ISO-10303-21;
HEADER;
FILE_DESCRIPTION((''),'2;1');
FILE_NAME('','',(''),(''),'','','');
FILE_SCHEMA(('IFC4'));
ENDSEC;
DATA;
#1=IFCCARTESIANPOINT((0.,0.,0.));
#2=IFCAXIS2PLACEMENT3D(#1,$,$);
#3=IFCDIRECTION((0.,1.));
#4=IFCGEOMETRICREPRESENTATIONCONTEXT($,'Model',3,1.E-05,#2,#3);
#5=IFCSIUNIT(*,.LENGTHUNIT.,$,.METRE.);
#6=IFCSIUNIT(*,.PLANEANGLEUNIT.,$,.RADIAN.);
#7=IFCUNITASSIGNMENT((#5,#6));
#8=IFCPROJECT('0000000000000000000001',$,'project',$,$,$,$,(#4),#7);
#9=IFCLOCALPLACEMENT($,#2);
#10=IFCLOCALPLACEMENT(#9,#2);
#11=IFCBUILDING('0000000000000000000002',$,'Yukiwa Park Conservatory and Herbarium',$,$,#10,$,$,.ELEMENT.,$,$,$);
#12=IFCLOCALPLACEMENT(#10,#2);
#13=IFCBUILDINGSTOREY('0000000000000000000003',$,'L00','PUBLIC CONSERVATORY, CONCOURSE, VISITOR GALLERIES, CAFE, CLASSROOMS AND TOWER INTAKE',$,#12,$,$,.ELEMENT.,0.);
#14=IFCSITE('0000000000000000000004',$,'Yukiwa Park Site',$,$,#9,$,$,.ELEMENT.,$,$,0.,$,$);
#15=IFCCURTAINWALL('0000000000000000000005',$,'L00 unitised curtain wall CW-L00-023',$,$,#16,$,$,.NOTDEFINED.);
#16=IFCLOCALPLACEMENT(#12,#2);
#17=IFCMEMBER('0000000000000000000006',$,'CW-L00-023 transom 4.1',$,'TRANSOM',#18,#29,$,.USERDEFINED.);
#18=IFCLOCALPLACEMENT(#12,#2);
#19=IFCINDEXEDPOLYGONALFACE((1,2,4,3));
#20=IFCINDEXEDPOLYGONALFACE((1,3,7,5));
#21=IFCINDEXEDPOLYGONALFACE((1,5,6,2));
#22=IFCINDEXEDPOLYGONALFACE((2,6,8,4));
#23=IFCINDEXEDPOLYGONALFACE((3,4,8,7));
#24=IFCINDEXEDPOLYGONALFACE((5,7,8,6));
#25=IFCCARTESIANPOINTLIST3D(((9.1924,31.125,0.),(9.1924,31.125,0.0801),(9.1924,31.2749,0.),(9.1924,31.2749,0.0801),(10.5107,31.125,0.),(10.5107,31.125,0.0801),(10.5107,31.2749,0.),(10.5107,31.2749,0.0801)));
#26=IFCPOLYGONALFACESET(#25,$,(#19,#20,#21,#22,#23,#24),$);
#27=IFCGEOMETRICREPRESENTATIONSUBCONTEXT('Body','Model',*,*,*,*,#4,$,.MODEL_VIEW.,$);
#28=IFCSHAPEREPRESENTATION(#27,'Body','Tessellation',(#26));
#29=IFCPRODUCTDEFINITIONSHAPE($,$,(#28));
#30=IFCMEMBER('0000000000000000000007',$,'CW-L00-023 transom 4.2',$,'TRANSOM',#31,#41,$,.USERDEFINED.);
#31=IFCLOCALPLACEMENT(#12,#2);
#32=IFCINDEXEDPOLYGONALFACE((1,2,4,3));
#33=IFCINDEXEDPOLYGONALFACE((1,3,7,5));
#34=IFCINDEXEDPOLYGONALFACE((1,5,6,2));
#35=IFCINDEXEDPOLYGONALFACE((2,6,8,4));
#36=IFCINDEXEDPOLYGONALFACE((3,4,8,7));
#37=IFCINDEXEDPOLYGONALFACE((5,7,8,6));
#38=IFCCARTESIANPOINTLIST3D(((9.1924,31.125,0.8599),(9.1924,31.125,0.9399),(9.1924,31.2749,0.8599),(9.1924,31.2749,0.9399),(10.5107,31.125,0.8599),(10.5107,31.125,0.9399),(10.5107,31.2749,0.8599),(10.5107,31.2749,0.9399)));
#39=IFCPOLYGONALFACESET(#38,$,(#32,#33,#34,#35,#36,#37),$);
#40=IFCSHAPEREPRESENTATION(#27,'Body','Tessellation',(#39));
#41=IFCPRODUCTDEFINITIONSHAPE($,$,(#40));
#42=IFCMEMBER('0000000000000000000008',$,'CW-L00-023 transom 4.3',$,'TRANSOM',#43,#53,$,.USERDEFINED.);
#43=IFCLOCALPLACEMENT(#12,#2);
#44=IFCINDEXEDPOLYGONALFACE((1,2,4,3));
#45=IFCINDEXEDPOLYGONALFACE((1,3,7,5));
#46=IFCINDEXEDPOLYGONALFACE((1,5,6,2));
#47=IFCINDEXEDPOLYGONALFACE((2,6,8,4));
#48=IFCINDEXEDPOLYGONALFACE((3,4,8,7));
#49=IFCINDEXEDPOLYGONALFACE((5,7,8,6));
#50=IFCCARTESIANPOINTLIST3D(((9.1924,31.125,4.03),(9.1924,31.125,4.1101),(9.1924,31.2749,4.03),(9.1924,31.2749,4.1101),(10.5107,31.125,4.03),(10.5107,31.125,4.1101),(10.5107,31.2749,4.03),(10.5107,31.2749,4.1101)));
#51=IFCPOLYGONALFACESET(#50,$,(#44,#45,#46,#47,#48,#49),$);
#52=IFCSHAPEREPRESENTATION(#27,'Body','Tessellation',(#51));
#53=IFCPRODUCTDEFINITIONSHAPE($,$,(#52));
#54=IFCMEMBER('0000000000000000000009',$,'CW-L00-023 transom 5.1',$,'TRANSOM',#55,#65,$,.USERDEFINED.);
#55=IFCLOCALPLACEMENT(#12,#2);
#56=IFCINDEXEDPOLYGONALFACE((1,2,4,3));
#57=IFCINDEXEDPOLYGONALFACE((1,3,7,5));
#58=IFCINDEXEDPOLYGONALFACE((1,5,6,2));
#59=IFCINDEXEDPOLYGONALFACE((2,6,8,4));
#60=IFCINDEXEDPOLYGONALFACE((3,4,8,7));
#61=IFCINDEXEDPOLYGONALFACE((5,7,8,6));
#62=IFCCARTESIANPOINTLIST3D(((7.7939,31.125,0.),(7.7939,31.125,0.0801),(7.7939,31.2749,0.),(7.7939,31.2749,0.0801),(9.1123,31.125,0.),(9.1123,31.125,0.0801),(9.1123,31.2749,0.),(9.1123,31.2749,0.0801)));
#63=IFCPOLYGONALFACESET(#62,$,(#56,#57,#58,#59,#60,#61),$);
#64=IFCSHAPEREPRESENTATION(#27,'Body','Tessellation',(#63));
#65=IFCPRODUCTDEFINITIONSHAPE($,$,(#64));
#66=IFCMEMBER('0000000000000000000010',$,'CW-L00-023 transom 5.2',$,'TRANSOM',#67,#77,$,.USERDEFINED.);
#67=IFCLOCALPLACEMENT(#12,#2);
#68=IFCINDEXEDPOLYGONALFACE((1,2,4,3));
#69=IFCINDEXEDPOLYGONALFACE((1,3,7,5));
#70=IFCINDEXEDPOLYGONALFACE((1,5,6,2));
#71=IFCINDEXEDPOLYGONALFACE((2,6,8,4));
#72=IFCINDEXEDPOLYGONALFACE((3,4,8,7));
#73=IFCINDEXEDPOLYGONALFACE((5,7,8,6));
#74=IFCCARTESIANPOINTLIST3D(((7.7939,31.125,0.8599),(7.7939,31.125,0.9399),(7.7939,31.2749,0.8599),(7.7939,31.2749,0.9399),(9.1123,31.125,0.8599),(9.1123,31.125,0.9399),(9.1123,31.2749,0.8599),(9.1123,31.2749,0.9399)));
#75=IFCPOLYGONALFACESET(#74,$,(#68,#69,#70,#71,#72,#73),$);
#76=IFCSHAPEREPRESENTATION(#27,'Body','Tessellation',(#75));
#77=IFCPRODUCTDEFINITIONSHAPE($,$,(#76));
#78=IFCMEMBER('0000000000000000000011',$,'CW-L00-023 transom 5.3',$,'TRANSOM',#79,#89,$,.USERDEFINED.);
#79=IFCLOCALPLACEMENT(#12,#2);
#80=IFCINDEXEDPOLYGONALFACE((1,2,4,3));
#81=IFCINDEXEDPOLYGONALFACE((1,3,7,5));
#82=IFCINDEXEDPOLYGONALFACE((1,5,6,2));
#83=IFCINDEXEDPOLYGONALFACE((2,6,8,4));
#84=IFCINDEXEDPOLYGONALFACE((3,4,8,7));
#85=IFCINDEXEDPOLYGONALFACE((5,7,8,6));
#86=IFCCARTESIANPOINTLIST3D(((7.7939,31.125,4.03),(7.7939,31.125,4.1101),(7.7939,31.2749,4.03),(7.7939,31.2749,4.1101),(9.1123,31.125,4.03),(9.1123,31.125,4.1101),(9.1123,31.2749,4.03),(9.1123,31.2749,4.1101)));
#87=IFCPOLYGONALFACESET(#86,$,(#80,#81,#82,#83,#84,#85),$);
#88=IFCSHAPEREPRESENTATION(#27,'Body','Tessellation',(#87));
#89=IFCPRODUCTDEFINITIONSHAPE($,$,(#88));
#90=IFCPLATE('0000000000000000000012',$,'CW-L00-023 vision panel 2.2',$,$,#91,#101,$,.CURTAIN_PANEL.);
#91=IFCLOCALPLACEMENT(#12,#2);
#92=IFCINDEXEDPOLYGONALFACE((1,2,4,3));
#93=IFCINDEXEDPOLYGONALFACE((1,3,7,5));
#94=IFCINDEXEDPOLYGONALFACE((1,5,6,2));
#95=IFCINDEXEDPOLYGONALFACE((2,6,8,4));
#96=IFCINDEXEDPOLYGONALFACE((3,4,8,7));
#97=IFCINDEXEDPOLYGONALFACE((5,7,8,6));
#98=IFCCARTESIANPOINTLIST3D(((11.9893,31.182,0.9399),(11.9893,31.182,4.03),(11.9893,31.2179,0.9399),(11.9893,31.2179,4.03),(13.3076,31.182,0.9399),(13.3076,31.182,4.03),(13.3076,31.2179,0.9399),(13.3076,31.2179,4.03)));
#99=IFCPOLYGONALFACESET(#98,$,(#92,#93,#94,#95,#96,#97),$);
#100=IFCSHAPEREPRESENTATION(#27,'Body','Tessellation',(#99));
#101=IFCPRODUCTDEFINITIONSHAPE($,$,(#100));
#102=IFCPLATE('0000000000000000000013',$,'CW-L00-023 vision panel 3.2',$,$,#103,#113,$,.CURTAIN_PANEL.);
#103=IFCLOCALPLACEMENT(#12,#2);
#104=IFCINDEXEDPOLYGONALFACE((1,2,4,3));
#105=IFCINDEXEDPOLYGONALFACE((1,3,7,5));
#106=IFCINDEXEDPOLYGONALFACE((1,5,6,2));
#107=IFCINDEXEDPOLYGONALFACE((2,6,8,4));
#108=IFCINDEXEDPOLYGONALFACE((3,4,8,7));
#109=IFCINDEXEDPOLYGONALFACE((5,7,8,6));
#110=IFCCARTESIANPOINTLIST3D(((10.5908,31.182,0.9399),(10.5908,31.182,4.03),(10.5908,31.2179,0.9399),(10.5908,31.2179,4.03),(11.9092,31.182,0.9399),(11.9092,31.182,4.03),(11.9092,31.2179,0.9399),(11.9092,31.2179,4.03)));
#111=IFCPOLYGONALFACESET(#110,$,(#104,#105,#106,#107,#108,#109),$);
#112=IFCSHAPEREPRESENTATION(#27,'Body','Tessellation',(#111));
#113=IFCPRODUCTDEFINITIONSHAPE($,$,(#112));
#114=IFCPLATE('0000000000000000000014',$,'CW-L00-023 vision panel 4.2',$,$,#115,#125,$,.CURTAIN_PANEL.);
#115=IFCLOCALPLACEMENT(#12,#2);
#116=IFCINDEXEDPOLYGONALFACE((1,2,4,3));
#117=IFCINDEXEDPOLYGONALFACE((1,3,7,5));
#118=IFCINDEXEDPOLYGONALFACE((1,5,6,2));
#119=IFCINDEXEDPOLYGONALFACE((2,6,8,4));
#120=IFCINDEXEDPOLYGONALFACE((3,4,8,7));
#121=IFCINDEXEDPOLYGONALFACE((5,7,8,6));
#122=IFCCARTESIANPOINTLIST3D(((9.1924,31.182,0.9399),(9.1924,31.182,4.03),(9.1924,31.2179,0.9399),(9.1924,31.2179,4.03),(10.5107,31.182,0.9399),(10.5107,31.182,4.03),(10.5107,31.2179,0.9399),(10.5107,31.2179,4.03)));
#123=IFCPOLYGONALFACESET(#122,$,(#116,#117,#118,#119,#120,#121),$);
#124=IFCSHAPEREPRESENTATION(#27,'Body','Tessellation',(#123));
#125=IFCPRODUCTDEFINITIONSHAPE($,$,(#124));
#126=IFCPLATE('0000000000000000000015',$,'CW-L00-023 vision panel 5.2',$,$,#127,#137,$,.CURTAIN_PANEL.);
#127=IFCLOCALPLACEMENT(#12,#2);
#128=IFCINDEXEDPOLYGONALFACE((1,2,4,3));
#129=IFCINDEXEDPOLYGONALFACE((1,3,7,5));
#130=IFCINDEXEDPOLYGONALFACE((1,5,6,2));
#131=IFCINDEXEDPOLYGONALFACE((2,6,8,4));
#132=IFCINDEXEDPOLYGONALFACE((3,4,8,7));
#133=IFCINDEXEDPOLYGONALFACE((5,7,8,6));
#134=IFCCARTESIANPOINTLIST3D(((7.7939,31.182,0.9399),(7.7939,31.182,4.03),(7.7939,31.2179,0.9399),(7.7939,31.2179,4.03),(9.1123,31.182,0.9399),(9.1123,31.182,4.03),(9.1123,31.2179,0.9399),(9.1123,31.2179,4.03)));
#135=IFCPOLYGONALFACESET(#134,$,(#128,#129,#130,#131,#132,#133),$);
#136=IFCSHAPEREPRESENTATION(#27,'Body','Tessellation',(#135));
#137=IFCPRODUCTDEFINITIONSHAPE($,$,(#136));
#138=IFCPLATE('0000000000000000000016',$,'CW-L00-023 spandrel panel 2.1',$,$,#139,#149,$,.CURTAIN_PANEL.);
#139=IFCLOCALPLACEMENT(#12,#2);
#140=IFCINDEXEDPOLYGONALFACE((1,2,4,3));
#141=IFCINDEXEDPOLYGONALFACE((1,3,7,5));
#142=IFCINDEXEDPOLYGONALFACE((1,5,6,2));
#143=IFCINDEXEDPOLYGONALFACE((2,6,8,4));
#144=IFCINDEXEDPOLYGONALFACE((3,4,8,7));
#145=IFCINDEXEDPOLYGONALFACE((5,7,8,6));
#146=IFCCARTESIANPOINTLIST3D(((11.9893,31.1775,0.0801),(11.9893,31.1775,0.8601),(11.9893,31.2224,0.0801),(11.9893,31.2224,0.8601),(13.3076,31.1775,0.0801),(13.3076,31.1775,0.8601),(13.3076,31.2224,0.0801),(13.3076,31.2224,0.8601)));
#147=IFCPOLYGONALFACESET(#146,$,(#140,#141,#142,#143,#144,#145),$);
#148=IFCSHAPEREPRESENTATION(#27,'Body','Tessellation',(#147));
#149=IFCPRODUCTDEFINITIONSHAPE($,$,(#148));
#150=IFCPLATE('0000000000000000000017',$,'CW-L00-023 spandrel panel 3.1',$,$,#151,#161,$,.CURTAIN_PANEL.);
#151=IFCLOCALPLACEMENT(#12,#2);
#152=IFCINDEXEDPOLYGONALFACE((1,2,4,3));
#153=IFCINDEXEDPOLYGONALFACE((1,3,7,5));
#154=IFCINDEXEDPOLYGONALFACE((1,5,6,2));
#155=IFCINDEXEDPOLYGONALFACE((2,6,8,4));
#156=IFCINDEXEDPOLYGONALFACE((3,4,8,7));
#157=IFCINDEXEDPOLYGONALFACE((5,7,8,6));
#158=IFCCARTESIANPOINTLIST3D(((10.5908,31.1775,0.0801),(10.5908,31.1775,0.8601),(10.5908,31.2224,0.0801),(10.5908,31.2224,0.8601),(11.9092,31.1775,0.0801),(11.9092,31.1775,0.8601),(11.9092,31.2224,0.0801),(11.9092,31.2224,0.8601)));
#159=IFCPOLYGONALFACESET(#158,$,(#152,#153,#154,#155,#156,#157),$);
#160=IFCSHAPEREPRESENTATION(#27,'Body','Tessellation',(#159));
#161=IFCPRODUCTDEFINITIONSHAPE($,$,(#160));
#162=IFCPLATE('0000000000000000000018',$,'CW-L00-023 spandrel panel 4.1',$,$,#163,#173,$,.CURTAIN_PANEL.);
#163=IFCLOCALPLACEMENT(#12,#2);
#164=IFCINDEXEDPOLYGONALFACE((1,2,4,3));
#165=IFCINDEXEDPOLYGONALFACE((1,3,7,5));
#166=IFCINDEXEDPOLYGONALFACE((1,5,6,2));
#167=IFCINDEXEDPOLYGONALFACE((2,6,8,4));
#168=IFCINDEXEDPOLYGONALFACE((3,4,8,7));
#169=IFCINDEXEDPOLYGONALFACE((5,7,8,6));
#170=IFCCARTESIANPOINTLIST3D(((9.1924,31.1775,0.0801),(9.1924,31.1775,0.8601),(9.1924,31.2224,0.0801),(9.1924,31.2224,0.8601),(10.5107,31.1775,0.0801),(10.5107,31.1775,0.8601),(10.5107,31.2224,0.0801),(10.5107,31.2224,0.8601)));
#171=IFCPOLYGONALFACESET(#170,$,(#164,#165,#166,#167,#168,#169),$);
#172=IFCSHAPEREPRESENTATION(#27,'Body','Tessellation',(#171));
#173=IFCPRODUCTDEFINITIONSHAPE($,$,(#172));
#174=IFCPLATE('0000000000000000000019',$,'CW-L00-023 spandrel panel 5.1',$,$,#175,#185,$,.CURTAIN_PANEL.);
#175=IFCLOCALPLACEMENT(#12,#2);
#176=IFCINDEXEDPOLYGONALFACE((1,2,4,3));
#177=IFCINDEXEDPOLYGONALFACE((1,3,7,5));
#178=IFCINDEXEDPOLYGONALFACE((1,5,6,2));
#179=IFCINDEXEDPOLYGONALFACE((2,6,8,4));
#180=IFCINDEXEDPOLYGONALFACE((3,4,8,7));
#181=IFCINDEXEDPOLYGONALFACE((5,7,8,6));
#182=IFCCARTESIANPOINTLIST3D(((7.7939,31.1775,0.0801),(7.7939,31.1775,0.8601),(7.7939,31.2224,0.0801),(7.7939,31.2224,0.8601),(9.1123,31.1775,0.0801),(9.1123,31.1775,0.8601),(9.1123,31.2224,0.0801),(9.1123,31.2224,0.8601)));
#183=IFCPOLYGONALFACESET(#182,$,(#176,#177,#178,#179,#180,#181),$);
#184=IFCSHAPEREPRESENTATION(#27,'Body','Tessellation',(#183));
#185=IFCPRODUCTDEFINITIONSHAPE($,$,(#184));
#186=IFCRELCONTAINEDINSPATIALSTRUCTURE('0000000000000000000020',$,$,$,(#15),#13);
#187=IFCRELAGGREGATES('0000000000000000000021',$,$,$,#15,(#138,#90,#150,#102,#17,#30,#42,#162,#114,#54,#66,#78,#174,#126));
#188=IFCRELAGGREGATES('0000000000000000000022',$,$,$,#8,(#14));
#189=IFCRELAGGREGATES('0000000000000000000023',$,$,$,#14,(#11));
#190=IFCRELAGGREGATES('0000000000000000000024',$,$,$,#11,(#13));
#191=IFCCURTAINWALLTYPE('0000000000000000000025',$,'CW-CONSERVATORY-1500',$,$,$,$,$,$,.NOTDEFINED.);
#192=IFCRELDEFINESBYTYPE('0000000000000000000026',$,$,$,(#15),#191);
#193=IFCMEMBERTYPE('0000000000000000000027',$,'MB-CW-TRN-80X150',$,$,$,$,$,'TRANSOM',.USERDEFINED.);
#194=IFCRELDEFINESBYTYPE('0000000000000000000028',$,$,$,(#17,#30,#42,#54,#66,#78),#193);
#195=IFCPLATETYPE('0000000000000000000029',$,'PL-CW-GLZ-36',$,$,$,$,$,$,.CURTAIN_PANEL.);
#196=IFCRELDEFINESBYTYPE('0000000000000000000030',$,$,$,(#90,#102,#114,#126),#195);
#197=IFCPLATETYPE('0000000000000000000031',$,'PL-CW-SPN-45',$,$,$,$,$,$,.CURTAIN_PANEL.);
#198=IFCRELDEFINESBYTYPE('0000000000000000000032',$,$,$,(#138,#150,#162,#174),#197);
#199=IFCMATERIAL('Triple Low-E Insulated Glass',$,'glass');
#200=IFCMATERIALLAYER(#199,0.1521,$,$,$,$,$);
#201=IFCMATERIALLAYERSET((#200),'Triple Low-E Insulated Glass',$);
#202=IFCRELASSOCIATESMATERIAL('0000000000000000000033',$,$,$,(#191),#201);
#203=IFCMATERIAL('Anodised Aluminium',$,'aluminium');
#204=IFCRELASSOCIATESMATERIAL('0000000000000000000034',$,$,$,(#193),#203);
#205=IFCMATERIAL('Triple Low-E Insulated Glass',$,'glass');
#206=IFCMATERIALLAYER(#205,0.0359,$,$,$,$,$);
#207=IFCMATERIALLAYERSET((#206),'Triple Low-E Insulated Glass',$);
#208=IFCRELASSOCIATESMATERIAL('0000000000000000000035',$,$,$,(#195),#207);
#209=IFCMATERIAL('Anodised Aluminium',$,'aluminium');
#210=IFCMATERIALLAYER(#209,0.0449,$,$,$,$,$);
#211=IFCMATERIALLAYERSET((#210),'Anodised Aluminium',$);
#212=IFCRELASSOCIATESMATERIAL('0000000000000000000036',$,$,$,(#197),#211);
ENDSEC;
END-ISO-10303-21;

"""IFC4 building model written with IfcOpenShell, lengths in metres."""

from ifc_helpers import new_model, si_unit, direction, frame, origin, origin_2d, place, context, subcontext, project, spatial, rectangle, extrude, material, layer, layer_set, type_object, element, aggregate, save


model = new_model("IFC4")

# Units and contexts
model_context = context("Model", 3, precision=1e-05, world=origin(), true_north=direction((0.0, 1.0)))
body_context = subcontext(model_context, "Body", "Model", "MODEL_VIEW")
ifc_project = project(units=[si_unit("LENGTHUNIT", "METRE"), si_unit("PLANEANGLEUNIT", "RADIAN")], contexts=[model_context])

# Site, building, storey
site_placement = place(None, origin())
site = spatial("IfcSite", under=ifc_project, at=site_placement, Name="Yukiwa Park Site", CompositionType="ELEMENT", RefElevation=0.0)
building_placement = place(site_placement, origin())
building = spatial("IfcBuilding", under=site, at=building_placement, Name="Yukiwa Park Conservatory and Herbarium", CompositionType="ELEMENT")
storey_placement = place(building_placement, origin())
storey = spatial("IfcBuildingStorey", under=building, at=storey_placement, Name="L00", Description="PUBLIC CONSERVATORY, CONCOURSE, VISITOR GALLERIES, CAFE, CLASSROOMS AND TOWER INTAKE", CompositionType="ELEMENT", Elevation=0.0)

# Curtain wall, members, plates
ifc_material_1 = material(Name="Triple Low-E Insulated Glass", Category="glass")
ifc_layer_1 = layer(ifc_material_1, 0.1521)
ifc_layer_set_1 = layer_set([ifc_layer_1], Name="Triple Low-E Insulated Glass")
curtain_wall_type = type_object("IfcCurtainWallType", Name="CW-CONSERVATORY-1500", PredefinedType="NOTDEFINED", material=ifc_layer_set_1)
curtain_wall_placement = place(storey_placement, origin())
curtain_wall = element("IfcCurtainWall", 1, at=curtain_wall_placement, inside=storey, type_object=curtain_wall_type, Name="L00 unitised curtain wall CW-L00-023", PredefinedType="NOTDEFINED")
ifc_material_2 = material(Name="Anodised Aluminium", Category="aluminium")
member_type_1 = type_object("IfcMemberType", Name="MB-CW-TRN-80X150", ElementType="TRANSOM", PredefinedType="USERDEFINED", material=ifc_material_2)
member_1_placement = place(storey_placement, frame((9.8516, 31.2, 0.0), z_axis=(0.0, 0.0, 1.0), x_axis=(-1.0, 0.0, 0.0)))
member_1 = element("IfcMember", 2, at=member_1_placement, type_object=member_type_1, Name="CW-L00-023 transom 4.1", ObjectType="TRANSOM", PredefinedType="USERDEFINED", context=body_context, shape_type="SweptSolid", body=[
    extrude(rectangle(XDim=1.3184, YDim=0.1499, at=origin_2d()), origin(), (0.0, 0.0, 1.0), 0.0801),
])
member_2_placement = place(storey_placement, frame((9.8516, 31.2, 0.8599), z_axis=(0.0, 0.0, 1.0), x_axis=(-1.0, 0.0, 0.0)))
member_2 = element("IfcMember", 3, at=member_2_placement, type_object=member_type_1, Name="CW-L00-023 transom 4.2", ObjectType="TRANSOM", PredefinedType="USERDEFINED", context=body_context, shape_type="SweptSolid", body=[
    extrude(rectangle(XDim=1.3184, YDim=0.1499, at=origin_2d()), origin(), (0.0, 0.0, 1.0), 0.0801),
])
member_3_placement = place(storey_placement, frame((9.8516, 31.2, 4.03), z_axis=(0.0, 0.0, 1.0), x_axis=(-1.0, 0.0, 0.0)))
member_3 = element("IfcMember", 4, at=member_3_placement, type_object=member_type_1, Name="CW-L00-023 transom 4.3", ObjectType="TRANSOM", PredefinedType="USERDEFINED", context=body_context, shape_type="SweptSolid", body=[
    extrude(rectangle(XDim=1.3184, YDim=0.1499, at=origin_2d()), origin(), (0.0, 0.0, 1.0), 0.0801),
])
member_4_placement = place(storey_placement, frame((8.4531, 31.2, 0.0), z_axis=(0.0, 0.0, 1.0), x_axis=(-1.0, 0.0, 0.0)))
member_4 = element("IfcMember", 5, at=member_4_placement, type_object=member_type_1, Name="CW-L00-023 transom 5.1", ObjectType="TRANSOM", PredefinedType="USERDEFINED", context=body_context, shape_type="SweptSolid", body=[
    extrude(rectangle(XDim=1.3184, YDim=0.1499, at=origin_2d()), origin(), (0.0, 0.0, 1.0), 0.0801),
])
member_5_placement = place(storey_placement, frame((8.4531, 31.2, 0.8599), z_axis=(0.0, 0.0, 1.0), x_axis=(-1.0, 0.0, 0.0)))
member_5 = element("IfcMember", 6, at=member_5_placement, type_object=member_type_1, Name="CW-L00-023 transom 5.2", ObjectType="TRANSOM", PredefinedType="USERDEFINED", context=body_context, shape_type="SweptSolid", body=[
    extrude(rectangle(XDim=1.3184, YDim=0.1499, at=origin_2d()), origin(), (0.0, 0.0, 1.0), 0.0801),
])
member_6_placement = place(storey_placement, frame((8.4531, 31.2, 4.03), z_axis=(0.0, 0.0, 1.0), x_axis=(-1.0, 0.0, 0.0)))
member_6 = element("IfcMember", 7, at=member_6_placement, type_object=member_type_1, Name="CW-L00-023 transom 5.3", ObjectType="TRANSOM", PredefinedType="USERDEFINED", context=body_context, shape_type="SweptSolid", body=[
    extrude(rectangle(XDim=1.3184, YDim=0.1499, at=origin_2d()), origin(), (0.0, 0.0, 1.0), 0.0801),
])
ifc_material_3 = material(Name="Triple Low-E Insulated Glass", Category="glass")
ifc_layer_2 = layer(ifc_material_3, 0.0359)
ifc_layer_set_2 = layer_set([ifc_layer_2], Name="Triple Low-E Insulated Glass")
plate_type_1 = type_object("IfcPlateType", Name="PL-CW-GLZ-36", PredefinedType="CURTAIN_PANEL", material=ifc_layer_set_2)
plate_1_placement = place(storey_placement, frame((12.6484, 31.2, 0.9399), z_axis=(0.0, 0.0, 1.0), x_axis=(-1.0, 0.0, 0.0)))
plate_1 = element("IfcPlate", 8, at=plate_1_placement, type_object=plate_type_1, Name="CW-L00-023 vision panel 2.2", PredefinedType="CURTAIN_PANEL", context=body_context, shape_type="SweptSolid", body=[
    extrude(rectangle(XDim=1.3184, YDim=0.0359, at=origin_2d()), origin(), (0.0, 0.0, 1.0), 3.0901),
])
plate_2_placement = place(storey_placement, frame((11.25, 31.2, 0.9399), z_axis=(0.0, 0.0, 1.0), x_axis=(-1.0, 0.0, 0.0)))
plate_2 = element("IfcPlate", 9, at=plate_2_placement, type_object=plate_type_1, Name="CW-L00-023 vision panel 3.2", PredefinedType="CURTAIN_PANEL", context=body_context, shape_type="SweptSolid", body=[
    extrude(rectangle(XDim=1.3184, YDim=0.0359, at=origin_2d()), origin(), (0.0, 0.0, 1.0), 3.0901),
])
plate_3_placement = place(storey_placement, frame((9.8516, 31.2, 0.9399), z_axis=(0.0, 0.0, 1.0), x_axis=(-1.0, 0.0, 0.0)))
plate_3 = element("IfcPlate", 10, at=plate_3_placement, type_object=plate_type_1, Name="CW-L00-023 vision panel 4.2", PredefinedType="CURTAIN_PANEL", context=body_context, shape_type="SweptSolid", body=[
    extrude(rectangle(XDim=1.3184, YDim=0.0359, at=origin_2d()), origin(), (0.0, 0.0, 1.0), 3.0901),
])
plate_4_placement = place(storey_placement, frame((8.4531, 31.2, 0.9399), z_axis=(0.0, 0.0, 1.0), x_axis=(-1.0, 0.0, 0.0)))
plate_4 = element("IfcPlate", 11, at=plate_4_placement, type_object=plate_type_1, Name="CW-L00-023 vision panel 5.2", PredefinedType="CURTAIN_PANEL", context=body_context, shape_type="SweptSolid", body=[
    extrude(rectangle(XDim=1.3184, YDim=0.0359, at=origin_2d()), origin(), (0.0, 0.0, 1.0), 3.0901),
])
ifc_material_4 = material(Name="Anodised Aluminium", Category="aluminium")
ifc_layer_3 = layer(ifc_material_4, 0.0449)
ifc_layer_set_3 = layer_set([ifc_layer_3], Name="Anodised Aluminium")
plate_type_2 = type_object("IfcPlateType", Name="PL-CW-SPN-45", PredefinedType="CURTAIN_PANEL", material=ifc_layer_set_3)
plate_5_placement = place(storey_placement, frame((12.6484, 31.2, 0.0801), z_axis=(0.0, 0.0, 1.0), x_axis=(-1.0, 0.0, 0.0)))
plate_5 = element("IfcPlate", 12, at=plate_5_placement, type_object=plate_type_2, Name="CW-L00-023 spandrel panel 2.1", PredefinedType="CURTAIN_PANEL", context=body_context, shape_type="SweptSolid", body=[
    extrude(rectangle(XDim=1.3184, YDim=0.0449, at=origin_2d()), origin(), (0.0, 0.0, 1.0), 0.78),
])
plate_6_placement = place(storey_placement, frame((11.25, 31.2, 0.0801), z_axis=(0.0, 0.0, 1.0), x_axis=(-1.0, 0.0, 0.0)))
plate_6 = element("IfcPlate", 13, at=plate_6_placement, type_object=plate_type_2, Name="CW-L00-023 spandrel panel 3.1", PredefinedType="CURTAIN_PANEL", context=body_context, shape_type="SweptSolid", body=[
    extrude(rectangle(XDim=1.3184, YDim=0.0449, at=origin_2d()), origin(), (0.0, 0.0, 1.0), 0.78),
])
plate_7_placement = place(storey_placement, frame((9.8516, 31.2, 0.0801), z_axis=(0.0, 0.0, 1.0), x_axis=(-1.0, 0.0, 0.0)))
plate_7 = element("IfcPlate", 14, at=plate_7_placement, type_object=plate_type_2, Name="CW-L00-023 spandrel panel 4.1", PredefinedType="CURTAIN_PANEL", context=body_context, shape_type="SweptSolid", body=[
    extrude(rectangle(XDim=1.3184, YDim=0.0449, at=origin_2d()), origin(), (0.0, 0.0, 1.0), 0.78),
])
plate_8_placement = place(storey_placement, frame((8.4531, 31.2, 0.0801), z_axis=(0.0, 0.0, 1.0), x_axis=(-1.0, 0.0, 0.0)))
plate_8 = element("IfcPlate", 15, at=plate_8_placement, type_object=plate_type_2, Name="CW-L00-023 spandrel panel 5.1", PredefinedType="CURTAIN_PANEL", context=body_context, shape_type="SweptSolid", body=[
    extrude(rectangle(XDim=1.3184, YDim=0.0449, at=origin_2d()), origin(), (0.0, 0.0, 1.0), 0.78),
])
aggregate(curtain_wall, [plate_5, plate_1, plate_6, plate_2, member_1, member_2, member_3, plate_7, plate_3, member_4, member_5, member_6, plate_8, plate_4])

save(model, "model.ifc")
